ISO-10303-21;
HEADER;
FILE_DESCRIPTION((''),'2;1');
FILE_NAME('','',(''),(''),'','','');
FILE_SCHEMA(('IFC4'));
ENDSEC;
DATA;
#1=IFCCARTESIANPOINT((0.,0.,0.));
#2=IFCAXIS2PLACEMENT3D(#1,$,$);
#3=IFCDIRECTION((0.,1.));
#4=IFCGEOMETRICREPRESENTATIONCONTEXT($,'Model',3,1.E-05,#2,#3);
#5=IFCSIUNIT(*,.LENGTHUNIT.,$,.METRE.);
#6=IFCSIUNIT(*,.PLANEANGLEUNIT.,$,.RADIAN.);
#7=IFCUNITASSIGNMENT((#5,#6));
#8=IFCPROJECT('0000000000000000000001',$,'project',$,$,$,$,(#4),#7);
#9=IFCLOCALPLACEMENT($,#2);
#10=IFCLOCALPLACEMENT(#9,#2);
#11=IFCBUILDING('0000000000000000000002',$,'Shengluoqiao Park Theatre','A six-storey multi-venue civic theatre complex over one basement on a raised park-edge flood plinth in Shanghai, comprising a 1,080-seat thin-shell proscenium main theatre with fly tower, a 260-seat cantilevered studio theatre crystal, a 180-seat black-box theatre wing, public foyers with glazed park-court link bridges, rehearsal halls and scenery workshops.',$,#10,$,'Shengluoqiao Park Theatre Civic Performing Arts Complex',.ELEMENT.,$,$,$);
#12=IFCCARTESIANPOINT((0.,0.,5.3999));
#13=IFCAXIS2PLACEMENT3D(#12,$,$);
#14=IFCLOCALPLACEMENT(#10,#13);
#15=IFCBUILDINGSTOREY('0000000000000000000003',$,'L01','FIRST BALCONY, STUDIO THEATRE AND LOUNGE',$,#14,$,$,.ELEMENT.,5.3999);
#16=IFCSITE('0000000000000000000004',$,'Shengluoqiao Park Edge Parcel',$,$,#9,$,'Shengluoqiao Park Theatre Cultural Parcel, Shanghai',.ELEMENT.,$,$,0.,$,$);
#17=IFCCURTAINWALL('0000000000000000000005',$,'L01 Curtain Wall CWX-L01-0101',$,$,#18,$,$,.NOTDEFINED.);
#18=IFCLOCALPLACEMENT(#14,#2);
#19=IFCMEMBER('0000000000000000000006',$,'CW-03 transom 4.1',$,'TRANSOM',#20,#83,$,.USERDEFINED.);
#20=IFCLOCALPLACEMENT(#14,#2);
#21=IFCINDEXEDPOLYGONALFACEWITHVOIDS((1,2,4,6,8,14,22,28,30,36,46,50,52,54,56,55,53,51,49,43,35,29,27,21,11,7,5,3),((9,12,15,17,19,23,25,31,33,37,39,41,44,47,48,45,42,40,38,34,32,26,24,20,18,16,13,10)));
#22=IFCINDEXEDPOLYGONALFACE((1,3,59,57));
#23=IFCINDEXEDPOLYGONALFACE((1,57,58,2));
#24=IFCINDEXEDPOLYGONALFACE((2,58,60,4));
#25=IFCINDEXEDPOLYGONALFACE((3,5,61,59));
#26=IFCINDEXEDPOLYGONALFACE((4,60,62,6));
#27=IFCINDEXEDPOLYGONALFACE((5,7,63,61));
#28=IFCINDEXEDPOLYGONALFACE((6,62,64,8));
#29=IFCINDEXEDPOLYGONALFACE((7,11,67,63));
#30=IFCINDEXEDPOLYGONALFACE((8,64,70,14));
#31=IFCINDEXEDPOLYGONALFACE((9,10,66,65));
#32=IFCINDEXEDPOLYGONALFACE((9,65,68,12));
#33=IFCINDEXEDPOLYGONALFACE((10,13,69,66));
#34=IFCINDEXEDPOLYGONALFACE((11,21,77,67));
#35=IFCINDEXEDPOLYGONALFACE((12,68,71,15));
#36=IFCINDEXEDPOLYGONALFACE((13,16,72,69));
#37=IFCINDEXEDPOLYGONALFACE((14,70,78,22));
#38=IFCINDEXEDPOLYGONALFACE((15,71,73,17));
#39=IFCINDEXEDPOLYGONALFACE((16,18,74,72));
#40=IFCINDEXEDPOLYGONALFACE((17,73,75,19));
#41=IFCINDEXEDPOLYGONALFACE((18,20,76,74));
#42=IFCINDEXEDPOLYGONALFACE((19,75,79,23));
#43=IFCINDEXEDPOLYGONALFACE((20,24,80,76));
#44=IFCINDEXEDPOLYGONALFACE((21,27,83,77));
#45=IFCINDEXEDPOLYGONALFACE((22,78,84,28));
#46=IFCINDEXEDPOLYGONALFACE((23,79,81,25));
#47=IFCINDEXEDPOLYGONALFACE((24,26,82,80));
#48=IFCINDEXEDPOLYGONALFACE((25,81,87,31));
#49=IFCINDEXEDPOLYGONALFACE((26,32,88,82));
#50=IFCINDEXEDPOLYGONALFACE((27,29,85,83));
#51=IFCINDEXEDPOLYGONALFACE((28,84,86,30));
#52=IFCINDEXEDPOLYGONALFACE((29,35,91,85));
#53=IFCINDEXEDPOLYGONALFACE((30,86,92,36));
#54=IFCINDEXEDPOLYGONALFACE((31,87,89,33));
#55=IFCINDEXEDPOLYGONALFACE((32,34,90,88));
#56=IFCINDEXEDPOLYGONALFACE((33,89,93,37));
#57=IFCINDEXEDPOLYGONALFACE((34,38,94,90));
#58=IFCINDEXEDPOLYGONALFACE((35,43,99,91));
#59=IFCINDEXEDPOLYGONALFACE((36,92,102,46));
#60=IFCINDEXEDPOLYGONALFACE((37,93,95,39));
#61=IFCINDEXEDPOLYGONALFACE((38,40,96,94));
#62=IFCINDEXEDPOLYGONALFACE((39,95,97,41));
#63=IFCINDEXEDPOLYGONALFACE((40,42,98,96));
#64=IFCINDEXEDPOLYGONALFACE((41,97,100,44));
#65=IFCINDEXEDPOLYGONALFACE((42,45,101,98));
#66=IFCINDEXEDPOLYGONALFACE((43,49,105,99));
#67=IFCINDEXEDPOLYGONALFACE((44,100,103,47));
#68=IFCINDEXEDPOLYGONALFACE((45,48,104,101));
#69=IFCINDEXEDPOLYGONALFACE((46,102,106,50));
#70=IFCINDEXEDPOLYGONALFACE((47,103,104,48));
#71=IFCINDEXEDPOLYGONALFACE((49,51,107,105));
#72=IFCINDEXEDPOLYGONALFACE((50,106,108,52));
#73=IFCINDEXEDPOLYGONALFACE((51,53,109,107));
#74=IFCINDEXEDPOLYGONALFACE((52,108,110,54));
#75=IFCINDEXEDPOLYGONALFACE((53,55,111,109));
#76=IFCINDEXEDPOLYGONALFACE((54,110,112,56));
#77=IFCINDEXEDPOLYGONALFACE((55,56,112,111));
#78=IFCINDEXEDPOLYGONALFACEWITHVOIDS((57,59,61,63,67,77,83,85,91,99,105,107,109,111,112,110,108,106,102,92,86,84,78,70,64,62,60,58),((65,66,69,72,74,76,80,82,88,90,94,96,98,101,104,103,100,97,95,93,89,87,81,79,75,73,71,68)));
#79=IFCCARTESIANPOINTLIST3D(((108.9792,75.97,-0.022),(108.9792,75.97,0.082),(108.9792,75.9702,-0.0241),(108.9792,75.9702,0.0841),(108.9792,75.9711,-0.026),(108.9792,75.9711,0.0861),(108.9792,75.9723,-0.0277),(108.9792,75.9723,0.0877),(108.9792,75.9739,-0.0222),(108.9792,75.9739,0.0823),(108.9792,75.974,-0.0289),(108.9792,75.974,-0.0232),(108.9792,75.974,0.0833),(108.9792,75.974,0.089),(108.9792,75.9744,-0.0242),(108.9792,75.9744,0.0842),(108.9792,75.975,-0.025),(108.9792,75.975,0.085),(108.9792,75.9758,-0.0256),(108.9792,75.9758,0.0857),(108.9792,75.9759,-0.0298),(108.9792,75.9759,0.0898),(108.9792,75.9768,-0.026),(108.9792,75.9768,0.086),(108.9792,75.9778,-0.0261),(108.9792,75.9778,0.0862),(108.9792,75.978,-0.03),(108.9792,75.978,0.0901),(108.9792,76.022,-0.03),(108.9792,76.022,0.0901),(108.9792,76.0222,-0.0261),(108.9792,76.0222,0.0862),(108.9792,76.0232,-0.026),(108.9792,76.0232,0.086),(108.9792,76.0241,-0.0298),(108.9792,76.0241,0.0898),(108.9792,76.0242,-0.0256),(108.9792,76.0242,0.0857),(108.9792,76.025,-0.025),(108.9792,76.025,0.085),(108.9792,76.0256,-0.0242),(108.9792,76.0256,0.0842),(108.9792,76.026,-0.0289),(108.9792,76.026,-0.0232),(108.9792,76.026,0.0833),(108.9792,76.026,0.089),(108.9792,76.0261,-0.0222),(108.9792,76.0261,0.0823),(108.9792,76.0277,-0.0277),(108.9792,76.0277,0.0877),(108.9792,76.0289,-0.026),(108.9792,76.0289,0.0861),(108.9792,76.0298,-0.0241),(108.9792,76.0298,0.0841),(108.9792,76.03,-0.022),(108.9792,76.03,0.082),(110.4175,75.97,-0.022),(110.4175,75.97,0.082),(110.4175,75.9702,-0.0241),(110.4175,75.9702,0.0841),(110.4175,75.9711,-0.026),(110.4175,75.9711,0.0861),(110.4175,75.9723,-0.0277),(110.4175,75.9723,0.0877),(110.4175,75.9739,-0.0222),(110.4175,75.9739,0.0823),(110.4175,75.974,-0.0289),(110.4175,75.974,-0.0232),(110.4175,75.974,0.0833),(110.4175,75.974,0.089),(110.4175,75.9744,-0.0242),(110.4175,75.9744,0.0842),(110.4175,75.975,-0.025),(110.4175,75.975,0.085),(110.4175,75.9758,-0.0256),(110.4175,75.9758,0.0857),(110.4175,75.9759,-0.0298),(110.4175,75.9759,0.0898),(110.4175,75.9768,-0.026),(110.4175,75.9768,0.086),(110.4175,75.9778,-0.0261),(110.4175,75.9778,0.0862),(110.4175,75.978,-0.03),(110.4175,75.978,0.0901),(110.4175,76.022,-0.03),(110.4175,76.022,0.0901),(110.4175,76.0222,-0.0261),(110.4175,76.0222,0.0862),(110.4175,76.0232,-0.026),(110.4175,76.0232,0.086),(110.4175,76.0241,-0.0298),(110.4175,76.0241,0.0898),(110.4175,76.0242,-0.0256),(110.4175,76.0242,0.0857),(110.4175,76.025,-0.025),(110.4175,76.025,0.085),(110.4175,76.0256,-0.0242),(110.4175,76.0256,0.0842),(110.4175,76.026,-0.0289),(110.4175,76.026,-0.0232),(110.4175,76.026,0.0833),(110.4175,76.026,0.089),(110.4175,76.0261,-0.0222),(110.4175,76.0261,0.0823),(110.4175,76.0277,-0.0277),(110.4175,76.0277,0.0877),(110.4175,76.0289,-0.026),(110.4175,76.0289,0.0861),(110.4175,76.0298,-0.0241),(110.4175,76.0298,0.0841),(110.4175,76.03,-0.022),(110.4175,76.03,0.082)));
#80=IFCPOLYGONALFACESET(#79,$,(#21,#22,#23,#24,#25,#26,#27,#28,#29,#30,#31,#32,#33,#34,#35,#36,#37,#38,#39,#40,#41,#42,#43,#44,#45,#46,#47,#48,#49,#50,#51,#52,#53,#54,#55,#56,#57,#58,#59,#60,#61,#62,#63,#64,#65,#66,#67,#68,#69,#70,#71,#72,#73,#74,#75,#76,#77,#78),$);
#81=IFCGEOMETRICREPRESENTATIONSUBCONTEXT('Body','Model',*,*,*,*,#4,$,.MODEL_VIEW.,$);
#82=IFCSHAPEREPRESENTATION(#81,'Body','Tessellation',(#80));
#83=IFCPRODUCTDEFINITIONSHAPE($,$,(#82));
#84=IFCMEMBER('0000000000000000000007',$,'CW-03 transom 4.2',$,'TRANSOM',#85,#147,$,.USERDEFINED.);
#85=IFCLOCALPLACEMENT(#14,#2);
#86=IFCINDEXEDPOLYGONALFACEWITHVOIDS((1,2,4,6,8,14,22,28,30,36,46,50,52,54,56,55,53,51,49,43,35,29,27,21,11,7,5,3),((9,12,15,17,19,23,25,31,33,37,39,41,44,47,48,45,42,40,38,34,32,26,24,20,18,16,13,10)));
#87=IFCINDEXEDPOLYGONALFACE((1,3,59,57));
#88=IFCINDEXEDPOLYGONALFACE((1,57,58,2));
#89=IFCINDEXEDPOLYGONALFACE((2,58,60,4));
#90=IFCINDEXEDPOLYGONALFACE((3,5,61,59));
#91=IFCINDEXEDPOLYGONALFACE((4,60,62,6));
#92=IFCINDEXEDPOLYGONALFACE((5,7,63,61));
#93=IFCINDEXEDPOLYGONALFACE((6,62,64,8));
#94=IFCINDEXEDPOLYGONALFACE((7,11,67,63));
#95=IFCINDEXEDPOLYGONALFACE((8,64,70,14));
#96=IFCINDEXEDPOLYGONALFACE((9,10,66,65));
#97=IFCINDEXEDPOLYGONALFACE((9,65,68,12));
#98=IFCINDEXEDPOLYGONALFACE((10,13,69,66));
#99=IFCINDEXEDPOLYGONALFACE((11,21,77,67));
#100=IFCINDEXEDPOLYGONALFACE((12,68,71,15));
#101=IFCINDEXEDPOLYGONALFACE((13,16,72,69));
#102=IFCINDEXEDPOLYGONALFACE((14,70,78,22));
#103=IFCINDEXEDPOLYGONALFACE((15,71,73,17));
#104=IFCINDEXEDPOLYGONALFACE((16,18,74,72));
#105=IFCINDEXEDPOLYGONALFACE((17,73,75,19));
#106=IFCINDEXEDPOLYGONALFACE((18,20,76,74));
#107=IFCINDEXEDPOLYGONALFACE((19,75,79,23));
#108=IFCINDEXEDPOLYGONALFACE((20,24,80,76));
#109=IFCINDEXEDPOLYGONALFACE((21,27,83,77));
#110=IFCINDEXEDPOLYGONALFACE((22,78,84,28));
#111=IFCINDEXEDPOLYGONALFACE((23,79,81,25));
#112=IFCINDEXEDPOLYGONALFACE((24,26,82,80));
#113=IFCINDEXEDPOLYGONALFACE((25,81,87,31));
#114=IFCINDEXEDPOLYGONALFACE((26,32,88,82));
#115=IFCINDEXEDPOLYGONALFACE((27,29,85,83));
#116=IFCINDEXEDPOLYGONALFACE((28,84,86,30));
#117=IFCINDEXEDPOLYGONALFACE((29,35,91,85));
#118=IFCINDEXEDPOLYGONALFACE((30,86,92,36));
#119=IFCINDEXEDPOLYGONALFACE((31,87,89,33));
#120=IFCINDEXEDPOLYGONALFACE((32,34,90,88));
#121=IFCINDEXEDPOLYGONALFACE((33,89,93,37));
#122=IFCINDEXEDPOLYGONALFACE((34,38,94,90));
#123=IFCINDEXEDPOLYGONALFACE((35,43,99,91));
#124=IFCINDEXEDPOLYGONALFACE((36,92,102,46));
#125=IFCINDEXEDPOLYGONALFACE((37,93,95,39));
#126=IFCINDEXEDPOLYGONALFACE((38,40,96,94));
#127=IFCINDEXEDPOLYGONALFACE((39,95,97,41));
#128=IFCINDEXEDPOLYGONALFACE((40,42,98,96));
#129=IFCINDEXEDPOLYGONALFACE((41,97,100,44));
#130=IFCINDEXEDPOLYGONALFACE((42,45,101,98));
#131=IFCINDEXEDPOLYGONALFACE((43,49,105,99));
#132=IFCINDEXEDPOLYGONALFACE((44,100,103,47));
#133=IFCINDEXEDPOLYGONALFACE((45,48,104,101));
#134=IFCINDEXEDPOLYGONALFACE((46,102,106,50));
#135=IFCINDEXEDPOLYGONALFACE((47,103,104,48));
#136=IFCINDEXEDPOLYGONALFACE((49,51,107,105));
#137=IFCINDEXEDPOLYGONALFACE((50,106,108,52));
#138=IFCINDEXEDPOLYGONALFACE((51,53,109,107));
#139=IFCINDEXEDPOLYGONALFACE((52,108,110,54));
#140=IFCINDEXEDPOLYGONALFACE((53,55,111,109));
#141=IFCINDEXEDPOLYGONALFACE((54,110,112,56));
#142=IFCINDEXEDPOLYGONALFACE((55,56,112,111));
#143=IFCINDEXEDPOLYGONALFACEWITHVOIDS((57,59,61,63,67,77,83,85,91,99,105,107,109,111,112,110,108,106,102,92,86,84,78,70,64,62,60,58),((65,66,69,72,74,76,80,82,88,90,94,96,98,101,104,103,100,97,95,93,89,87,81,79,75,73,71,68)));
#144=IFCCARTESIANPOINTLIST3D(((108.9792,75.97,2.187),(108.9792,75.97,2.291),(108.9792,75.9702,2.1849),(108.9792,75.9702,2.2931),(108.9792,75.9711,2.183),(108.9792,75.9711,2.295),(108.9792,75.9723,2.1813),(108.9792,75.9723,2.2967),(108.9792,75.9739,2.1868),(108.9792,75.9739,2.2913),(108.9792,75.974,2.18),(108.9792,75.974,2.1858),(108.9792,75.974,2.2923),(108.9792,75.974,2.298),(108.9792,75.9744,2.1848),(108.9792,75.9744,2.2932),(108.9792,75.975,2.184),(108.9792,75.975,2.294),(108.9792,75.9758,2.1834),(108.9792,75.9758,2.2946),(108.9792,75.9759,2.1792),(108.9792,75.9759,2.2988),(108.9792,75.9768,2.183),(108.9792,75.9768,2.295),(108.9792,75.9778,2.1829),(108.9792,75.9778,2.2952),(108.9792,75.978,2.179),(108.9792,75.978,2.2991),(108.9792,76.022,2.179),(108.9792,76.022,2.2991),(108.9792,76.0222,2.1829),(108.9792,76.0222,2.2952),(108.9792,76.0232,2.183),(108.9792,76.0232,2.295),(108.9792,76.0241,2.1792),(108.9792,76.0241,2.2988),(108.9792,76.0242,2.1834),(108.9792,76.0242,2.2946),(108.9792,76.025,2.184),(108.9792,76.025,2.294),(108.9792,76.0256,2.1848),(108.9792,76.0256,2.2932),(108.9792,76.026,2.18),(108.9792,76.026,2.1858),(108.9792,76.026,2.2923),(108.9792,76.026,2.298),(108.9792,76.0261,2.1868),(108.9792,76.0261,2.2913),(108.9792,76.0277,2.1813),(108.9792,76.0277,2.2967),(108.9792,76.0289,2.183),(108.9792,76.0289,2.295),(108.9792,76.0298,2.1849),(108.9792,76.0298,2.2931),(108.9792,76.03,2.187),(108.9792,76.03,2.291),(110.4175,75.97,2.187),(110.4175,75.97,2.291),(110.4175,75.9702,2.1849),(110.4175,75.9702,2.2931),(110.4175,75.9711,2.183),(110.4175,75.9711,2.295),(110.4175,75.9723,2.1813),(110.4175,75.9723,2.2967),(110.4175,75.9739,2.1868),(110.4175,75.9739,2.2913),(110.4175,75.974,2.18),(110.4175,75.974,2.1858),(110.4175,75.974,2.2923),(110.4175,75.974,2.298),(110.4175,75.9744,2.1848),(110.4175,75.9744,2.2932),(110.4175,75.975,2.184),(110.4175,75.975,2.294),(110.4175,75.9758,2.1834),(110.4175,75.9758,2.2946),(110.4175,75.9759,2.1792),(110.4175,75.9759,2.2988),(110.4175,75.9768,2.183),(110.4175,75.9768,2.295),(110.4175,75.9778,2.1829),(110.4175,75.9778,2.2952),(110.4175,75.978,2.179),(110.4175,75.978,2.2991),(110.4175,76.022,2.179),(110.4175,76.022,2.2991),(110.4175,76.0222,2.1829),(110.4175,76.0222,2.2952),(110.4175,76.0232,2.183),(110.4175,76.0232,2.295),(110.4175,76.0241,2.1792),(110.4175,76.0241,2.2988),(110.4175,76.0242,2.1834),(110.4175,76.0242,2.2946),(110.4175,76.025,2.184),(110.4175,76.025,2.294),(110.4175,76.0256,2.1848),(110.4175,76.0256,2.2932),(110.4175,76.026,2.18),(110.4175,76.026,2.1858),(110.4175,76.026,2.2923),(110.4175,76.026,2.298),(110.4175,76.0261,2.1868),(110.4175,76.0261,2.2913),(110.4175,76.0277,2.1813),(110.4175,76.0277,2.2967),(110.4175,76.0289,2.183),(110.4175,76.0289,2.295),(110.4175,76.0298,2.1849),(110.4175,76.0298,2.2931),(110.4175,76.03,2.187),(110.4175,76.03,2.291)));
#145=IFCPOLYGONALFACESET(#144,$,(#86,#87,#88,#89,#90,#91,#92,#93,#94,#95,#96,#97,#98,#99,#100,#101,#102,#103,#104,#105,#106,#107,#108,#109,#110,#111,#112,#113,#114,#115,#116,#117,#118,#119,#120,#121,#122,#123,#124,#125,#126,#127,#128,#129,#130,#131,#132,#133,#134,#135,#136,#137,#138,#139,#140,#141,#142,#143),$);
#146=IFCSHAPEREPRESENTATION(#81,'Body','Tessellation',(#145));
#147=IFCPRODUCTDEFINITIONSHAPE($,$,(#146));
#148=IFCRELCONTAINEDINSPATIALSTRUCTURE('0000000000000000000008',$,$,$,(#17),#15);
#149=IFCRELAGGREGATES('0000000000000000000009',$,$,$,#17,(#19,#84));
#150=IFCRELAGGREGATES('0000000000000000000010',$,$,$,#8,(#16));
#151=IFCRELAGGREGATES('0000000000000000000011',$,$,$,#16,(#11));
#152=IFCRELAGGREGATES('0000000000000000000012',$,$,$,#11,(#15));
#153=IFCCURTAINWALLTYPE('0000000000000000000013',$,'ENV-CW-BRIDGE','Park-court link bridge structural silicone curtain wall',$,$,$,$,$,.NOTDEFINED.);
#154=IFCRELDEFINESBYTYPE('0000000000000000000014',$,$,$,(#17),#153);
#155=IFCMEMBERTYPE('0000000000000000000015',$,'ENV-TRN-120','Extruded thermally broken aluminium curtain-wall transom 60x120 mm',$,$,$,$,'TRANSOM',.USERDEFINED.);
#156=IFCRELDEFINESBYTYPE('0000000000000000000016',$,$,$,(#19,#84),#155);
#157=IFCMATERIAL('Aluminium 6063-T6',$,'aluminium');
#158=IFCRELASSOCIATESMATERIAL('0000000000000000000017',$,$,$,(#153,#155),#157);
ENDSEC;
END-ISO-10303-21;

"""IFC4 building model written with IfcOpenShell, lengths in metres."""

from ifc_helpers import new_model, si_unit, direction, frame, origin, origin_2d, place, context, subcontext, project, spatial, hollow_rectangle, extrude, material, material_profile, profile_set, type_object, element, aggregate, save


model = new_model("IFC4")

# Units and contexts
model_context = context("Model", 3, precision=1e-05, world=origin(), true_north=direction((0.0, 1.0)))
body_context = subcontext(model_context, "Body", "Model", "MODEL_VIEW")
ifc_project = project(units=[si_unit("LENGTHUNIT", "METRE"), si_unit("PLANEANGLEUNIT", "RADIAN")], contexts=[model_context])

# Site, building, storey
site_placement = place(None, origin())
site = spatial("IfcSite", under=ifc_project, at=site_placement, Name="Shengluoqiao Park Edge Parcel", LongName="Shengluoqiao Park Theatre Cultural Parcel, Shanghai", CompositionType="ELEMENT", RefElevation=0.0)
building_placement = place(site_placement, origin())
building = spatial("IfcBuilding", under=site, at=building_placement, Name="Shengluoqiao Park Theatre", Description="A six-storey multi-venue civic theatre complex over one basement on a raised park-edge flood plinth in Shanghai, comprising a 1,080-seat thin-shell proscenium main theatre with fly tower, a 260-seat cantilevered studio theatre crystal, a 180-seat black-box theatre wing, public foyers with glazed park-court link bridges, rehearsal halls and scenery workshops.", LongName="Shengluoqiao Park Theatre Civic Performing Arts Complex", CompositionType="ELEMENT")
storey_placement = place(building_placement, frame((0.0, 0.0, 5.3999)))
storey = spatial("IfcBuildingStorey", under=building, at=storey_placement, Name="L01", Description="FIRST BALCONY, STUDIO THEATRE AND LOUNGE", CompositionType="ELEMENT", Elevation=5.3999)

# Shared definitions
ifc_material_1 = material(Name="Aluminium 6063-T6", Category="aluminium")
curtain_wall_type = type_object("IfcCurtainWallType", Name="ENV-CW-BRIDGE", Description="Park-court link bridge structural silicone curtain wall", PredefinedType="NOTDEFINED", material=ifc_material_1)

# Curtain wall
curtain_wall_1_placement = place(storey_placement, origin())
curtain_wall_1 = element("IfcCurtainWall", 1, at=curtain_wall_1_placement, inside=storey, type_object=curtain_wall_type, Name="L01 Curtain Wall CWX-L01-0101", PredefinedType="NOTDEFINED")

# Members
ifc_material_profile_1 = material_profile(ifc_material_1, hollow_rectangle(XDim=0.0601, YDim=0.1201, WallThickness=0.0039, InnerFilletRadius=0.0039, OuterFilletRadius=0.0081, at=origin_2d()), Name="ALU TRANSOM 120x60x4")
ifc_profile_set_1 = profile_set([ifc_material_profile_1], Name="Aluminium 6063-T6")
member_type_1 = type_object("IfcMemberType", Name="ENV-TRN-120", Description="Extruded thermally broken aluminium curtain-wall transom 60x120 mm", ElementType="TRANSOM", PredefinedType="USERDEFINED", material=ifc_profile_set_1)
member_1_placement = place(storey_placement, frame((108.9792, 76.0, 0.03), z_axis=(1.0, 0.0, 0.0), x_axis=(0.0, 1.0, 0.0)))
member_1 = element("IfcMember", 2, at=member_1_placement, type_object=member_type_1, Name="CW-03 transom 4.1", ObjectType="TRANSOM", PredefinedType="USERDEFINED", context=body_context, shape_type="SweptSolid", body=[
    extrude(hollow_rectangle(XDim=0.0601, YDim=0.1201, WallThickness=0.0039, InnerFilletRadius=0.0039, OuterFilletRadius=0.0081, at=origin_2d()), origin(), (0.0, 0.0, 1.0), 1.4382),
])
member_2_placement = place(storey_placement, frame((108.9792, 76.0, 2.239), z_axis=(1.0, 0.0, 0.0), x_axis=(0.0, 1.0, 0.0)))
member_2 = element("IfcMember", 3, at=member_2_placement, type_object=member_type_1, Name="CW-03 transom 4.2", ObjectType="TRANSOM", PredefinedType="USERDEFINED", context=body_context, shape_type="SweptSolid", body=[
    extrude(hollow_rectangle(XDim=0.0601, YDim=0.1201, WallThickness=0.0039, InnerFilletRadius=0.0039, OuterFilletRadius=0.0081, at=origin_2d()), origin(), (0.0, 0.0, 1.0), 1.4382),
])

aggregate(curtain_wall_1, [member_1, member_2])

save(model, "model.ifc")
